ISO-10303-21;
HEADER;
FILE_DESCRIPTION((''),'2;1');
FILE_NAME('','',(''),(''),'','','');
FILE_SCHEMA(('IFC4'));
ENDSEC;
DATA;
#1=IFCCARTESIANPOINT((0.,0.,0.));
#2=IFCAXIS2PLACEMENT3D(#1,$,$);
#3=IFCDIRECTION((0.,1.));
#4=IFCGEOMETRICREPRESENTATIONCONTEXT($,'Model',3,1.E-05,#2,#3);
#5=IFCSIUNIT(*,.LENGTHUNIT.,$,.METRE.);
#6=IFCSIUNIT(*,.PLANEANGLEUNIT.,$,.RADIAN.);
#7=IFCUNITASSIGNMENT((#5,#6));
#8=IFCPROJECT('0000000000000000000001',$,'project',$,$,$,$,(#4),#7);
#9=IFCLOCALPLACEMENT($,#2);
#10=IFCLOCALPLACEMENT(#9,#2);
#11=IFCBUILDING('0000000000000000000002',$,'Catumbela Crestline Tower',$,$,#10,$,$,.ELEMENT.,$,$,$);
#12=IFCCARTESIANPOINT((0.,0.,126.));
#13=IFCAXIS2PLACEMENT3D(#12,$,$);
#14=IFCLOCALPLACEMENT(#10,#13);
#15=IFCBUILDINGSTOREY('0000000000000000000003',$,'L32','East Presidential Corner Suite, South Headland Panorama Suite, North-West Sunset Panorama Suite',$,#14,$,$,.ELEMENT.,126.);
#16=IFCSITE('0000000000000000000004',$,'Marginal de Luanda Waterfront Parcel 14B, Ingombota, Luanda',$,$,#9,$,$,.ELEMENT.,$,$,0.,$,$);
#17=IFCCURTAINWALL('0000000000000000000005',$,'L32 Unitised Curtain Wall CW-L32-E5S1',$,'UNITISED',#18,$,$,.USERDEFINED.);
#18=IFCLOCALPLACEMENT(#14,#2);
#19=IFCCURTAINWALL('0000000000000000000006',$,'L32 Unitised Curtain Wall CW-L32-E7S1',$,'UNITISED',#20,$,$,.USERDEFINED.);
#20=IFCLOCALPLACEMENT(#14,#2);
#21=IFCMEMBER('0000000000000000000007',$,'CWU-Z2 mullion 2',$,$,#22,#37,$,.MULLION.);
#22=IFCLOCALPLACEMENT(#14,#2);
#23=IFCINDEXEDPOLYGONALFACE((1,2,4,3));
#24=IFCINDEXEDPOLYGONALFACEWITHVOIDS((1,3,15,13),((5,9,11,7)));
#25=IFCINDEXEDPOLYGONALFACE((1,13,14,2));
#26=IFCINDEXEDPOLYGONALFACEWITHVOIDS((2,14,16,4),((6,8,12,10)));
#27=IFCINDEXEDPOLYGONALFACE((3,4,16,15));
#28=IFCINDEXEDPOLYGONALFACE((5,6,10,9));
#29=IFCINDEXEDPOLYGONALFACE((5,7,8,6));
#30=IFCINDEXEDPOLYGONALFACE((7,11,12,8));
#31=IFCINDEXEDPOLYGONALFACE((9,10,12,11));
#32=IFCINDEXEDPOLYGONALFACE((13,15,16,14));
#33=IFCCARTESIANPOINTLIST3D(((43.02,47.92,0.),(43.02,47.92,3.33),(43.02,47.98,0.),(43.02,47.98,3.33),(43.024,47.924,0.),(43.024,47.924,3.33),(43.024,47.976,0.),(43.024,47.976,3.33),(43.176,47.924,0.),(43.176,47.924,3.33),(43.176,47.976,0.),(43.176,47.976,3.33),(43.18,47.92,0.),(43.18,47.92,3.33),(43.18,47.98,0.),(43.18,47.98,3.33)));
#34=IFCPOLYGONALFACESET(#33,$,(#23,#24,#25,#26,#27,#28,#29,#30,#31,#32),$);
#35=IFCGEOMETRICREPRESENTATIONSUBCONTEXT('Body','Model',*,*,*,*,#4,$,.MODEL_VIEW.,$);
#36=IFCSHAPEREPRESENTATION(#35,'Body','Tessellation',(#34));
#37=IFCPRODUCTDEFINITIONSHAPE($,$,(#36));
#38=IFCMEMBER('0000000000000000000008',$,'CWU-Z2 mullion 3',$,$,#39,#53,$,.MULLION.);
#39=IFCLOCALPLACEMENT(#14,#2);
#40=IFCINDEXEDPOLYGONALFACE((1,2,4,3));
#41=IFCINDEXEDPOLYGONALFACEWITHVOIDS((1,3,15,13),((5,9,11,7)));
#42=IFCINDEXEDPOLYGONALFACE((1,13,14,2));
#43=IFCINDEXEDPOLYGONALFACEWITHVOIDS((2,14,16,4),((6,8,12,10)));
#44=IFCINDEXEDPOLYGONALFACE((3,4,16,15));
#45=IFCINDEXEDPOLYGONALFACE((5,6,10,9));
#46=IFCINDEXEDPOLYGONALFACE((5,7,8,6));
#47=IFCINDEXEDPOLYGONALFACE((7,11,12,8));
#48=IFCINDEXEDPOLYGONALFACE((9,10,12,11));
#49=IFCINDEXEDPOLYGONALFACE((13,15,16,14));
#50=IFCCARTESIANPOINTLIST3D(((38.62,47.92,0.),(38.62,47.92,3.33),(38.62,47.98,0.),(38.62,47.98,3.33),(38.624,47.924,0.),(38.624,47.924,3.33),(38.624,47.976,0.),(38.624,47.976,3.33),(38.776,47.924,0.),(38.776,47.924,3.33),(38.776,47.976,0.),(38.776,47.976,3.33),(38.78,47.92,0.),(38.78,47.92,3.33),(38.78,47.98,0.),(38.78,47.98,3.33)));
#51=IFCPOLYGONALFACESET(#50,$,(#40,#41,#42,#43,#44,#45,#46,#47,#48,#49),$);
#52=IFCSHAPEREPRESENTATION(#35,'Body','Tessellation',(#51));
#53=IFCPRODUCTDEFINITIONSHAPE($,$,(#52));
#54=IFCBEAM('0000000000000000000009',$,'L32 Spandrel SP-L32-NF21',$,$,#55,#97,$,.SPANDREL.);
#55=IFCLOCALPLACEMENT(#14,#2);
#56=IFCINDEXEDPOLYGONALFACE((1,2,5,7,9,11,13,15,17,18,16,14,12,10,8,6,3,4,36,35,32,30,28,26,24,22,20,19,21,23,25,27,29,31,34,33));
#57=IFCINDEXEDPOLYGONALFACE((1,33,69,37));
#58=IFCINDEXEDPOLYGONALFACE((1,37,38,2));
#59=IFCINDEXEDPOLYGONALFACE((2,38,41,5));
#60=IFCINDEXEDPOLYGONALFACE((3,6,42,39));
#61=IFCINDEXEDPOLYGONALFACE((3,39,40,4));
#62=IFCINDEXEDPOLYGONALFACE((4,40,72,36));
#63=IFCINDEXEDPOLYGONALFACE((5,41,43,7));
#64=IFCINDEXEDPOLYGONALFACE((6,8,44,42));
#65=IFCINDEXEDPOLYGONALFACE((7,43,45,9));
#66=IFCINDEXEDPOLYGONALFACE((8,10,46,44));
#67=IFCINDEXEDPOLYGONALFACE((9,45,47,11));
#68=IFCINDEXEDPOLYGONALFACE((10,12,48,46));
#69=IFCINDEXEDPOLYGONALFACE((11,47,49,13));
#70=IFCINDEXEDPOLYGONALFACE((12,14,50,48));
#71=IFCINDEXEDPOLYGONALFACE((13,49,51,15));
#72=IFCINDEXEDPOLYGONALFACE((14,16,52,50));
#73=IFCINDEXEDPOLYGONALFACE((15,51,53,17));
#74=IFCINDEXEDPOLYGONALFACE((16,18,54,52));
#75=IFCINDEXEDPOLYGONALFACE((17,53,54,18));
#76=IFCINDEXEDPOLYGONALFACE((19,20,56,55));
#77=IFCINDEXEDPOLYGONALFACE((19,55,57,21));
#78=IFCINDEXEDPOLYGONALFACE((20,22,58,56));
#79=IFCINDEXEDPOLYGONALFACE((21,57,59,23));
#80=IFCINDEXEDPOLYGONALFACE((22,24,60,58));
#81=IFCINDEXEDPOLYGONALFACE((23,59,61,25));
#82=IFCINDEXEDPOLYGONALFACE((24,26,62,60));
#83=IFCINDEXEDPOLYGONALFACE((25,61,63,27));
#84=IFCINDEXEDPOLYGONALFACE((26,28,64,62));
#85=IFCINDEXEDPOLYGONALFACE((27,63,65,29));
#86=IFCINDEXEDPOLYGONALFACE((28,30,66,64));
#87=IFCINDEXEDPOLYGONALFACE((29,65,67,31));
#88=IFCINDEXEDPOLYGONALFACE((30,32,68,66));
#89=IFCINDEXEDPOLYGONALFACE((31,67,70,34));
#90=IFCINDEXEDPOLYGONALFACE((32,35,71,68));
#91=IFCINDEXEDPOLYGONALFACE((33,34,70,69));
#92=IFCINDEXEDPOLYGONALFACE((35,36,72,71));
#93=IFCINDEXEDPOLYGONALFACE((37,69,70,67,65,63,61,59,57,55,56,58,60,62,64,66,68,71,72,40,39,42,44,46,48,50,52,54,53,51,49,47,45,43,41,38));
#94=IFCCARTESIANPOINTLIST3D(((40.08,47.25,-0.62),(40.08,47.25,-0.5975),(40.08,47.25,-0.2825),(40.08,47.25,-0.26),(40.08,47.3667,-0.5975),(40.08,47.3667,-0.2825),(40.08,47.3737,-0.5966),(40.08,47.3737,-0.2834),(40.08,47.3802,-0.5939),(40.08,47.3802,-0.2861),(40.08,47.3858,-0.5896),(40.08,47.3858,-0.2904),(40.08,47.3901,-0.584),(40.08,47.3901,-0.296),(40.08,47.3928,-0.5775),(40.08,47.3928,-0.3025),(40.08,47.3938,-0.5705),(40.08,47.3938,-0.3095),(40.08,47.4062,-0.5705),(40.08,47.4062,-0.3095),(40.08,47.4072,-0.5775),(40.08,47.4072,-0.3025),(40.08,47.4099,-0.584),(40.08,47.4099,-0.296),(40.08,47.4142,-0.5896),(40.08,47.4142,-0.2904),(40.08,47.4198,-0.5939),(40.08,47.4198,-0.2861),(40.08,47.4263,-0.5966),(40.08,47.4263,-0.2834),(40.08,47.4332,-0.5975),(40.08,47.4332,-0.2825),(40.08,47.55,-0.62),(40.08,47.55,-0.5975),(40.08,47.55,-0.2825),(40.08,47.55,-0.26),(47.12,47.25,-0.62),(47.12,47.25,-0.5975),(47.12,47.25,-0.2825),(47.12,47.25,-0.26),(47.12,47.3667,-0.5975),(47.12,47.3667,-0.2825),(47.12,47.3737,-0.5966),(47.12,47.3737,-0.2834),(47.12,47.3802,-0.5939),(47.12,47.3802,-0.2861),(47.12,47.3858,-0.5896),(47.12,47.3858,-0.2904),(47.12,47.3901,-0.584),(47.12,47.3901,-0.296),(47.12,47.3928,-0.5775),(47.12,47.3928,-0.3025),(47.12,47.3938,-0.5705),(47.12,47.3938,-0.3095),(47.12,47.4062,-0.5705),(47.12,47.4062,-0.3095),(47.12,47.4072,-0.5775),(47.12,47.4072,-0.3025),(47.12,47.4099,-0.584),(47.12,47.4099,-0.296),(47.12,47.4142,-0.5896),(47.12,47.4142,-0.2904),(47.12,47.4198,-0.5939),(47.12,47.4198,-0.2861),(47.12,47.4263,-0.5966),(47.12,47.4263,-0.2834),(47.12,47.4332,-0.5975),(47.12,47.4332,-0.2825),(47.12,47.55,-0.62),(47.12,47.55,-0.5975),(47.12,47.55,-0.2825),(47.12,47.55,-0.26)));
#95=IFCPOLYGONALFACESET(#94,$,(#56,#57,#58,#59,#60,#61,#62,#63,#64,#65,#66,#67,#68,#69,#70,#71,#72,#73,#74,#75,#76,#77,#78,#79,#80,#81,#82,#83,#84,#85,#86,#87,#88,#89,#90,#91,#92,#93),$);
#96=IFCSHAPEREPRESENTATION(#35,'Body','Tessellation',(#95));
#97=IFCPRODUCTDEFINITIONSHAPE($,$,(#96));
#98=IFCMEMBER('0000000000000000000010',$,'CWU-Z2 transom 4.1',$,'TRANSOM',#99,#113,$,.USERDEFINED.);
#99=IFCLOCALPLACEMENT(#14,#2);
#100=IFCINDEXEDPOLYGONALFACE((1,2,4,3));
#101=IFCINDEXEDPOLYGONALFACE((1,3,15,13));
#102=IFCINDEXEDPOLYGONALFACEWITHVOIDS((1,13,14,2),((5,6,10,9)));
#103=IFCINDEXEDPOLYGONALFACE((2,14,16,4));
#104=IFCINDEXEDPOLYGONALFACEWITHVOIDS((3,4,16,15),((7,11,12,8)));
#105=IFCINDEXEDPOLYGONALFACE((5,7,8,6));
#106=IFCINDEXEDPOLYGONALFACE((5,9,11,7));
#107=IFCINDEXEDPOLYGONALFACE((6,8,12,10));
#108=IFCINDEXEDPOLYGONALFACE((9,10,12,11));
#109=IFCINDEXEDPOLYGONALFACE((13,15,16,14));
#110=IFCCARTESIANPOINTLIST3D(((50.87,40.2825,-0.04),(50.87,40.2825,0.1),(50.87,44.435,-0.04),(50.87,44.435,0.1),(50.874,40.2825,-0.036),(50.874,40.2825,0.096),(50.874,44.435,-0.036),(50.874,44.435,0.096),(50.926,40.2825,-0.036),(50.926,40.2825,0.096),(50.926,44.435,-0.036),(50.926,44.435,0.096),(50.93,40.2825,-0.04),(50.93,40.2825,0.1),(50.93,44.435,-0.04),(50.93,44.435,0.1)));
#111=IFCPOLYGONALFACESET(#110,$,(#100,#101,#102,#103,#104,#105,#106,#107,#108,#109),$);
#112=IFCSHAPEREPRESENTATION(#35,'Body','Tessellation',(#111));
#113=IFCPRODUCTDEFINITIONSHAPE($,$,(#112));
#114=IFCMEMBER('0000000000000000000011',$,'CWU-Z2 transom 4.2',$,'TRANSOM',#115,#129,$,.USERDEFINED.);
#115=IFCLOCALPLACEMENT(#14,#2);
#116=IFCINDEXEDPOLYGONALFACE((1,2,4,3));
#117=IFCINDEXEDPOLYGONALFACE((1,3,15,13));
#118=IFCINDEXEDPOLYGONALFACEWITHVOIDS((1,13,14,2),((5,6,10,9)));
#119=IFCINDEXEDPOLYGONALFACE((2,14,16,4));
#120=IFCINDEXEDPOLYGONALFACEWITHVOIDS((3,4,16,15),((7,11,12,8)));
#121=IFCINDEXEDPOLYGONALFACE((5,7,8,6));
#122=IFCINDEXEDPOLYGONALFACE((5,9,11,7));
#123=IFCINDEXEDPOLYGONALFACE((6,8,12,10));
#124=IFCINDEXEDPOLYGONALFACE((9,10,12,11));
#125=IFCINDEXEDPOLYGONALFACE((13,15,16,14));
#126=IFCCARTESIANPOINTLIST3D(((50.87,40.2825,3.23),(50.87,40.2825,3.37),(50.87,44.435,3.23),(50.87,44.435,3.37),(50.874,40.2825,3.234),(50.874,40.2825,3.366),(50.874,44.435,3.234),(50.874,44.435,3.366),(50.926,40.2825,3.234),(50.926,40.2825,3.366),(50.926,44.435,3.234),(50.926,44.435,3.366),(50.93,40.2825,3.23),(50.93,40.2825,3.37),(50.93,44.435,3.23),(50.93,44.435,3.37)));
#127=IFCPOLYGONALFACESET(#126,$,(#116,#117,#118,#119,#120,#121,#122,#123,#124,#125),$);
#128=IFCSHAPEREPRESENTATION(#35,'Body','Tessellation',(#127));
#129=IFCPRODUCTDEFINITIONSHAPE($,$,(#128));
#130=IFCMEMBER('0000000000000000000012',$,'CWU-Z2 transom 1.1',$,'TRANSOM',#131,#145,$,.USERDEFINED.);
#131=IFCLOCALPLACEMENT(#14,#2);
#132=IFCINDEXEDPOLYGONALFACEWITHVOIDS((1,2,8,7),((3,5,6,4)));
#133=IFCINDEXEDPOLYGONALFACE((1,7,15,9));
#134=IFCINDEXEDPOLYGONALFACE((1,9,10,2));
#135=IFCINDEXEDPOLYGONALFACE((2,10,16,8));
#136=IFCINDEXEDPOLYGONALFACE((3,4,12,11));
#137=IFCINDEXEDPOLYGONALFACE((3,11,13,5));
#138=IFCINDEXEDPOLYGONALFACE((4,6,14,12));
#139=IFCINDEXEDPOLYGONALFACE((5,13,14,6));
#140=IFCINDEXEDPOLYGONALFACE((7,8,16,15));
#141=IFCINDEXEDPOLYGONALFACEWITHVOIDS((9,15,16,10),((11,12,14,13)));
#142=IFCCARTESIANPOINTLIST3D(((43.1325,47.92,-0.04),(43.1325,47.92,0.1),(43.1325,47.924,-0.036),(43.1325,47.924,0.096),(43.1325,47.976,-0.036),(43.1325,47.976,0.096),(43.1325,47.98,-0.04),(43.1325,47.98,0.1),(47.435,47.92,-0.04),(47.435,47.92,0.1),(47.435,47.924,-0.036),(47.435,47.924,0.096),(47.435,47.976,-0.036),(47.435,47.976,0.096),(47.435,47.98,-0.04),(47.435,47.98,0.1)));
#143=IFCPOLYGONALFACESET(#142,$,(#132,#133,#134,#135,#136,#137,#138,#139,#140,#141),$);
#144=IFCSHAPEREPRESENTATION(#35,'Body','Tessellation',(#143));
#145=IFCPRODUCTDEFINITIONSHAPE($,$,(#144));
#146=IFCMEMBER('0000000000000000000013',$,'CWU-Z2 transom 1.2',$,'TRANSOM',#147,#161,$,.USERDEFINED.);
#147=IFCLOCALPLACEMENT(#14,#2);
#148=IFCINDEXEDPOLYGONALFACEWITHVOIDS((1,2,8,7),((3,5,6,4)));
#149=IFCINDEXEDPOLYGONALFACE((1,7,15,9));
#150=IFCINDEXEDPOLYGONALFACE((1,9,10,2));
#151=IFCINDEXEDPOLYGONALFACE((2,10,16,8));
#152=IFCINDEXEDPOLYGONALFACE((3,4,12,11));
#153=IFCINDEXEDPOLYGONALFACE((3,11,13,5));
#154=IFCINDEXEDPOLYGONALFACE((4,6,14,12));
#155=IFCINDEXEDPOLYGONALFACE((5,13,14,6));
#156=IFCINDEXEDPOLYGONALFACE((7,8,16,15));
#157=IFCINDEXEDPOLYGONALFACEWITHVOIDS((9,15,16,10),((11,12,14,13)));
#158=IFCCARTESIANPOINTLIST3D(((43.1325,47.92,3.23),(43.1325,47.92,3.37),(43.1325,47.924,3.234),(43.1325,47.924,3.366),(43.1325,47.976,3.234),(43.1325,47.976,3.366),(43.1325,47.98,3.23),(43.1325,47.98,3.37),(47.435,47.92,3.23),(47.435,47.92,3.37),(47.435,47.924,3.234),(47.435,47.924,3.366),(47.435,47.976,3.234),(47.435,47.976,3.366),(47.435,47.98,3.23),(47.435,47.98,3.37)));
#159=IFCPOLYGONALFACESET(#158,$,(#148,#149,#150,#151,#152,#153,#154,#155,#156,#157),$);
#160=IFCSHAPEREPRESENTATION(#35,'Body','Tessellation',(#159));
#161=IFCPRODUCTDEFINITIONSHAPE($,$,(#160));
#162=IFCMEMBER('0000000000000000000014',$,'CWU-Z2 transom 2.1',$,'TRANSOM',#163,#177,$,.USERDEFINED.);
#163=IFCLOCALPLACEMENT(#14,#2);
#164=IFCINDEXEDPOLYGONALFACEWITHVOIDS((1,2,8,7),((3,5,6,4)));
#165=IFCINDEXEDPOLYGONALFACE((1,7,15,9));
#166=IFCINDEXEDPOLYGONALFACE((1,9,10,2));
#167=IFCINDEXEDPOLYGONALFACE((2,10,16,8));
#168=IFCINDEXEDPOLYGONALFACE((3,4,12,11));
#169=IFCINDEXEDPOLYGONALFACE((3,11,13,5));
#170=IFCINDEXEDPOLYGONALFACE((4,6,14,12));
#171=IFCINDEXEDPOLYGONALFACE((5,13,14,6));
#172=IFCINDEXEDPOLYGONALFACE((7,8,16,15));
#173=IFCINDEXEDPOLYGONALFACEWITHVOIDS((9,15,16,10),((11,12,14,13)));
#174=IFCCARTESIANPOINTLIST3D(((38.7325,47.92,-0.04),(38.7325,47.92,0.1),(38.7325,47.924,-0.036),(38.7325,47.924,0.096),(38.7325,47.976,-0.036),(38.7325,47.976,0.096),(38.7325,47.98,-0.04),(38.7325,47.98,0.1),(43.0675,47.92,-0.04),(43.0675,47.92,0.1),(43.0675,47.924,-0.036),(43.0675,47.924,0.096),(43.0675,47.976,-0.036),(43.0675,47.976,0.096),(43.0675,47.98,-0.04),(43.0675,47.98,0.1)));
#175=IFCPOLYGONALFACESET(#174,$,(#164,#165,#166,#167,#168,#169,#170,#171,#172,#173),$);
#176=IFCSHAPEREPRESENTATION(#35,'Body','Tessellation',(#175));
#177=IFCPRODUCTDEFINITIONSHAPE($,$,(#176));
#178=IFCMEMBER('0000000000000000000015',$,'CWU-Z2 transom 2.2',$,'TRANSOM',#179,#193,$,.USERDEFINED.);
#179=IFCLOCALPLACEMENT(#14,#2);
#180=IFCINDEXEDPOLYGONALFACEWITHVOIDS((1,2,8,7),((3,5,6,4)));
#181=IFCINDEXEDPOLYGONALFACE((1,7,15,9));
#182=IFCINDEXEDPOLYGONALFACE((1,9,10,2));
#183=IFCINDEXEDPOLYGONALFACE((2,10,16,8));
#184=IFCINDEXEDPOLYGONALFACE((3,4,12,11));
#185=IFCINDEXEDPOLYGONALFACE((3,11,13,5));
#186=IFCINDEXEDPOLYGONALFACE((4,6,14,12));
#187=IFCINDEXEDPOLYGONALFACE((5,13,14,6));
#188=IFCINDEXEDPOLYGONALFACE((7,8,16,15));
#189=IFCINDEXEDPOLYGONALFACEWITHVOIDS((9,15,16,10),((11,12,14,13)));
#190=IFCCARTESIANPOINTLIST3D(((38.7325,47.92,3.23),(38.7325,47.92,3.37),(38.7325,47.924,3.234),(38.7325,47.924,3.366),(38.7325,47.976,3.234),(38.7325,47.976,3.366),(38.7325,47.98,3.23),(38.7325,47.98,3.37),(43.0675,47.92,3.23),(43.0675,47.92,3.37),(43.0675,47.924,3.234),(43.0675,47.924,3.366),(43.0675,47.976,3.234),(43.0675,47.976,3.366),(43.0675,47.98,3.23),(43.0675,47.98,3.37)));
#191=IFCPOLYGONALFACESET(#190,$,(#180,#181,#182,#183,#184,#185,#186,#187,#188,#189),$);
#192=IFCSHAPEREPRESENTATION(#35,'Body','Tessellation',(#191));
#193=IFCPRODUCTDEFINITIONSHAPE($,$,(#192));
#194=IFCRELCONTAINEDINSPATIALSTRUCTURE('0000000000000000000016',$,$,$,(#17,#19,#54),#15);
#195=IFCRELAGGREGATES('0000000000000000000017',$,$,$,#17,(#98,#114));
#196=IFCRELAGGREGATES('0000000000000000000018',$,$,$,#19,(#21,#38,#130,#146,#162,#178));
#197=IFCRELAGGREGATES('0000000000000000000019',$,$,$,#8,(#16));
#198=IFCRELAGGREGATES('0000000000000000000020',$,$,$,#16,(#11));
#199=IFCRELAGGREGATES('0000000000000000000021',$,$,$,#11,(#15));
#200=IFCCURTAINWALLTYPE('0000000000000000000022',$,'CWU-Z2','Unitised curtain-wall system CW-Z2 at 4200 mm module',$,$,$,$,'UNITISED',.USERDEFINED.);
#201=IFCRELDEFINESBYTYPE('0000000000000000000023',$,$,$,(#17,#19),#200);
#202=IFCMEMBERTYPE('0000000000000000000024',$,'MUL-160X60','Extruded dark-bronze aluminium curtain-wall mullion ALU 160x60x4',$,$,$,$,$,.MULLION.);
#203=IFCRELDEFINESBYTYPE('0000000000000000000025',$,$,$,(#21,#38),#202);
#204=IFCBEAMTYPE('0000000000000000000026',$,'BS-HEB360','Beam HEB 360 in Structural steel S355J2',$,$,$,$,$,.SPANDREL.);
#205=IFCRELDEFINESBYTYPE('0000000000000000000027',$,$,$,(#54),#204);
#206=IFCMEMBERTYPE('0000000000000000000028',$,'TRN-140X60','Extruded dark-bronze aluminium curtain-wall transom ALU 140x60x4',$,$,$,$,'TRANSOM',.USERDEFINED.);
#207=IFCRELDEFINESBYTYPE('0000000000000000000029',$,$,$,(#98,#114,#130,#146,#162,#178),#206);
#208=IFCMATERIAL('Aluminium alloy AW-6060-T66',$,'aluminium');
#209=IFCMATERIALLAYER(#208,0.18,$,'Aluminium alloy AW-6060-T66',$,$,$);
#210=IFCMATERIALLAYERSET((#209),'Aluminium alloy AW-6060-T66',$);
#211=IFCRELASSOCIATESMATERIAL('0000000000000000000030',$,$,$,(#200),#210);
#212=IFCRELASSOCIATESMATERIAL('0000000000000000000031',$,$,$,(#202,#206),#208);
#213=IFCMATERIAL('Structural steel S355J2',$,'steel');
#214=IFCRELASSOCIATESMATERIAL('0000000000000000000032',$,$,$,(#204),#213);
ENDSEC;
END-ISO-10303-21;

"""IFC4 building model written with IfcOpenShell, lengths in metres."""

from ifc_helpers import new_model, si_unit, direction, frame, origin, origin_2d, place, context, subcontext, project, spatial, hollow_rectangle, i_section, extrude, material, layer, layer_set, material_profile, profile_set, type_object, element, aggregate, save


model = new_model("IFC4")

# Units and contexts
model_context = context("Model", 3, precision=1e-05, world=origin(), true_north=direction((0.0, 1.0)))
body_context = subcontext(model_context, "Body", "Model", "MODEL_VIEW")
ifc_project = project(units=[si_unit("LENGTHUNIT", "METRE"), si_unit("PLANEANGLEUNIT", "RADIAN")], contexts=[model_context])

# Site, building, storey
site_placement = place(None, origin())
site = spatial("IfcSite", under=ifc_project, at=site_placement, Name="Marginal de Luanda Waterfront Parcel 14B, Ingombota, Luanda", CompositionType="ELEMENT", RefElevation=0.0)
building_placement = place(site_placement, origin())
building = spatial("IfcBuilding", under=site, at=building_placement, Name="Catumbela Crestline Tower", CompositionType="ELEMENT")
storey_placement = place(building_placement, frame((0.0, 0.0, 126.0)))
storey = spatial("IfcBuildingStorey", under=building, at=storey_placement, Name="L32", Description="East Presidential Corner Suite, South Headland Panorama Suite, North-West Sunset Panorama Suite", CompositionType="ELEMENT", Elevation=126.0)

# Curtain walls, members
ifc_material_1 = material(Name="Aluminium alloy AW-6060-T66", Category="aluminium")
ifc_layer_1 = layer(ifc_material_1, 0.18, Name="Aluminium alloy AW-6060-T66")
ifc_layer_set_1 = layer_set([ifc_layer_1], Name="Aluminium alloy AW-6060-T66")
curtain_wall_type = type_object("IfcCurtainWallType", Name="CWU-Z2", Description="Unitised curtain-wall system CW-Z2 at 4200 mm module", ElementType="UNITISED", PredefinedType="USERDEFINED", material=ifc_layer_set_1)
curtain_wall_1_placement = place(storey_placement, origin())
curtain_wall_1 = element("IfcCurtainWall", 1, at=curtain_wall_1_placement, inside=storey, type_object=curtain_wall_type, Name="L32 Unitised Curtain Wall CW-L32-E5S1", ObjectType="UNITISED", PredefinedType="USERDEFINED")
ifc_material_profile_1 = material_profile(ifc_material_1, hollow_rectangle(XDim=0.06, YDim=0.16, WallThickness=0.004, at=origin_2d()), Name="ALU 160x60x4")
ifc_profile_set_1 = profile_set([ifc_material_profile_1], Name="Aluminium alloy AW-6060-T66")
member_type_1 = type_object("IfcMemberType", Name="MUL-160X60", Description="Extruded dark-bronze aluminium curtain-wall mullion ALU 160x60x4", PredefinedType="MULLION", material=ifc_profile_set_1)
curtain_wall_2_placement = place(storey_placement, origin())
curtain_wall_2 = element("IfcCurtainWall", 2, at=curtain_wall_2_placement, inside=storey, type_object=curtain_wall_type, Name="L32 Unitised Curtain Wall CW-L32-E7S1", ObjectType="UNITISED", PredefinedType="USERDEFINED")
member_1_placement = place(storey_placement, frame((43.1, 47.95, 0.0), z_axis=(0.0, 0.0, 1.0), x_axis=(0.0, -1.0, 0.0)))
member_1 = element("IfcMember", 3, at=member_1_placement, type_object=member_type_1, Name="CWU-Z2 mullion 2", PredefinedType="MULLION", context=body_context, shape_type="SweptSolid", body=[
    extrude(hollow_rectangle(XDim=0.06, YDim=0.16, WallThickness=0.004, at=origin_2d()), origin(), (0.0, 0.0, 1.0), 3.33),
])
member_2_placement = place(storey_placement, frame((38.7, 47.95, 0.0), z_axis=(0.0, 0.0, 1.0), x_axis=(0.0, -1.0, 0.0)))
member_2 = element("IfcMember", 4, at=member_2_placement, type_object=member_type_1, Name="CWU-Z2 mullion 3", PredefinedType="MULLION", context=body_context, shape_type="SweptSolid", body=[
    extrude(hollow_rectangle(XDim=0.06, YDim=0.16, WallThickness=0.004, at=origin_2d()), origin(), (0.0, 0.0, 1.0), 3.33),
])

# Beam
ifc_material_2 = material(Name="Structural steel S355J2", Category="steel")
ifc_material_profile_2 = material_profile(ifc_material_2, i_section(OverallWidth=0.3, OverallDepth=0.36, WebThickness=0.0125, FlangeThickness=0.0225, FilletRadius=0.027, at=origin_2d()), Name="HEB 360")
ifc_profile_set_2 = profile_set([ifc_material_profile_2], Name="Structural steel S355J2")
beam_type = type_object("IfcBeamType", Name="BS-HEB360", Description="Beam HEB 360 in Structural steel S355J2", PredefinedType="SPANDREL", material=ifc_profile_set_2)
beam_placement = place(storey_placement, frame((40.08, 47.4, -0.44), z_axis=(1.0, 0.0, 0.0), x_axis=(0.0, 1.0, 0.0)))
element("IfcBeam", 5, at=beam_placement, inside=storey, type_object=beam_type, Name="L32 Spandrel SP-L32-NF21", PredefinedType="SPANDREL", context=body_context, shape_type="SweptSolid", body=[
    extrude(i_section(OverallWidth=0.3, OverallDepth=0.36, WebThickness=0.0125, FlangeThickness=0.0225, FilletRadius=0.027, at=origin_2d()), origin(), (0.0, 0.0, 1.0), 7.04),
])

# Members
ifc_material_profile_3 = material_profile(ifc_material_1, hollow_rectangle(XDim=0.06, YDim=0.14, WallThickness=0.004, at=origin_2d()), Name="ALU 140x60x4")
ifc_profile_set_3 = profile_set([ifc_material_profile_3], Name="Aluminium alloy AW-6060-T66")
member_type_2 = type_object("IfcMemberType", Name="TRN-140X60", Description="Extruded dark-bronze aluminium curtain-wall transom ALU 140x60x4", ElementType="TRANSOM", PredefinedType="USERDEFINED", material=ifc_profile_set_3)
member_3_placement = place(storey_placement, frame((50.9, 40.2825, 0.03), z_axis=(0.0, 1.0, 0.0), x_axis=(-1.0, 0.0, 0.0)))
member_3 = element("IfcMember", 6, at=member_3_placement, type_object=member_type_2, Name="CWU-Z2 transom 4.1", ObjectType="TRANSOM", PredefinedType="USERDEFINED", context=body_context, shape_type="SweptSolid", body=[
    extrude(hollow_rectangle(XDim=0.06, YDim=0.14, WallThickness=0.004, at=origin_2d()), origin(), (0.0, 0.0, 1.0), 4.1525),
])
member_4_placement = place(storey_placement, frame((50.9, 40.2825, 3.3), z_axis=(0.0, 1.0, 0.0), x_axis=(-1.0, 0.0, 0.0)))
member_4 = element("IfcMember", 7, at=member_4_placement, type_object=member_type_2, Name="CWU-Z2 transom 4.2", ObjectType="TRANSOM", PredefinedType="USERDEFINED", context=body_context, shape_type="SweptSolid", body=[
    extrude(hollow_rectangle(XDim=0.06, YDim=0.14, WallThickness=0.004, at=origin_2d()), origin(), (0.0, 0.0, 1.0), 4.1525),
])
member_5_placement = place(storey_placement, frame((47.435, 47.95, 0.03), z_axis=(-1.0, 0.0, 0.0), x_axis=(0.0, -1.0, 0.0)))
member_5 = element("IfcMember", 8, at=member_5_placement, type_object=member_type_2, Name="CWU-Z2 transom 1.1", ObjectType="TRANSOM", PredefinedType="USERDEFINED", context=body_context, shape_type="SweptSolid", body=[
    extrude(hollow_rectangle(XDim=0.06, YDim=0.14, WallThickness=0.004, at=origin_2d()), origin(), (0.0, 0.0, 1.0), 4.3025),
])
member_6_placement = place(storey_placement, frame((47.435, 47.95, 3.3), z_axis=(-1.0, 0.0, 0.0), x_axis=(0.0, -1.0, 0.0)))
member_6 = element("IfcMember", 9, at=member_6_placement, type_object=member_type_2, Name="CWU-Z2 transom 1.2", ObjectType="TRANSOM", PredefinedType="USERDEFINED", context=body_context, shape_type="SweptSolid", body=[
    extrude(hollow_rectangle(XDim=0.06, YDim=0.14, WallThickness=0.004, at=origin_2d()), origin(), (0.0, 0.0, 1.0), 4.3025),
])
member_7_placement = place(storey_placement, frame((43.0675, 47.95, 0.03), z_axis=(-1.0, 0.0, 0.0), x_axis=(0.0, -1.0, 0.0)))
member_7 = element("IfcMember", 10, at=member_7_placement, type_object=member_type_2, Name="CWU-Z2 transom 2.1", ObjectType="TRANSOM", PredefinedType="USERDEFINED", context=body_context, shape_type="SweptSolid", body=[
    extrude(hollow_rectangle(XDim=0.06, YDim=0.14, WallThickness=0.004, at=origin_2d()), origin(), (0.0, 0.0, 1.0), 4.335),
])
member_8_placement = place(storey_placement, frame((43.0675, 47.95, 3.3), z_axis=(-1.0, 0.0, 0.0), x_axis=(0.0, -1.0, 0.0)))
member_8 = element("IfcMember", 11, at=member_8_placement, type_object=member_type_2, Name="CWU-Z2 transom 2.2", ObjectType="TRANSOM", PredefinedType="USERDEFINED", context=body_context, shape_type="SweptSolid", body=[
    extrude(hollow_rectangle(XDim=0.06, YDim=0.14, WallThickness=0.004, at=origin_2d()), origin(), (0.0, 0.0, 1.0), 4.335),
])

aggregate(curtain_wall_1, [member_3, member_4])
aggregate(curtain_wall_2, [member_1, member_2, member_5, member_6, member_7, member_8])

save(model, "model.ifc")
